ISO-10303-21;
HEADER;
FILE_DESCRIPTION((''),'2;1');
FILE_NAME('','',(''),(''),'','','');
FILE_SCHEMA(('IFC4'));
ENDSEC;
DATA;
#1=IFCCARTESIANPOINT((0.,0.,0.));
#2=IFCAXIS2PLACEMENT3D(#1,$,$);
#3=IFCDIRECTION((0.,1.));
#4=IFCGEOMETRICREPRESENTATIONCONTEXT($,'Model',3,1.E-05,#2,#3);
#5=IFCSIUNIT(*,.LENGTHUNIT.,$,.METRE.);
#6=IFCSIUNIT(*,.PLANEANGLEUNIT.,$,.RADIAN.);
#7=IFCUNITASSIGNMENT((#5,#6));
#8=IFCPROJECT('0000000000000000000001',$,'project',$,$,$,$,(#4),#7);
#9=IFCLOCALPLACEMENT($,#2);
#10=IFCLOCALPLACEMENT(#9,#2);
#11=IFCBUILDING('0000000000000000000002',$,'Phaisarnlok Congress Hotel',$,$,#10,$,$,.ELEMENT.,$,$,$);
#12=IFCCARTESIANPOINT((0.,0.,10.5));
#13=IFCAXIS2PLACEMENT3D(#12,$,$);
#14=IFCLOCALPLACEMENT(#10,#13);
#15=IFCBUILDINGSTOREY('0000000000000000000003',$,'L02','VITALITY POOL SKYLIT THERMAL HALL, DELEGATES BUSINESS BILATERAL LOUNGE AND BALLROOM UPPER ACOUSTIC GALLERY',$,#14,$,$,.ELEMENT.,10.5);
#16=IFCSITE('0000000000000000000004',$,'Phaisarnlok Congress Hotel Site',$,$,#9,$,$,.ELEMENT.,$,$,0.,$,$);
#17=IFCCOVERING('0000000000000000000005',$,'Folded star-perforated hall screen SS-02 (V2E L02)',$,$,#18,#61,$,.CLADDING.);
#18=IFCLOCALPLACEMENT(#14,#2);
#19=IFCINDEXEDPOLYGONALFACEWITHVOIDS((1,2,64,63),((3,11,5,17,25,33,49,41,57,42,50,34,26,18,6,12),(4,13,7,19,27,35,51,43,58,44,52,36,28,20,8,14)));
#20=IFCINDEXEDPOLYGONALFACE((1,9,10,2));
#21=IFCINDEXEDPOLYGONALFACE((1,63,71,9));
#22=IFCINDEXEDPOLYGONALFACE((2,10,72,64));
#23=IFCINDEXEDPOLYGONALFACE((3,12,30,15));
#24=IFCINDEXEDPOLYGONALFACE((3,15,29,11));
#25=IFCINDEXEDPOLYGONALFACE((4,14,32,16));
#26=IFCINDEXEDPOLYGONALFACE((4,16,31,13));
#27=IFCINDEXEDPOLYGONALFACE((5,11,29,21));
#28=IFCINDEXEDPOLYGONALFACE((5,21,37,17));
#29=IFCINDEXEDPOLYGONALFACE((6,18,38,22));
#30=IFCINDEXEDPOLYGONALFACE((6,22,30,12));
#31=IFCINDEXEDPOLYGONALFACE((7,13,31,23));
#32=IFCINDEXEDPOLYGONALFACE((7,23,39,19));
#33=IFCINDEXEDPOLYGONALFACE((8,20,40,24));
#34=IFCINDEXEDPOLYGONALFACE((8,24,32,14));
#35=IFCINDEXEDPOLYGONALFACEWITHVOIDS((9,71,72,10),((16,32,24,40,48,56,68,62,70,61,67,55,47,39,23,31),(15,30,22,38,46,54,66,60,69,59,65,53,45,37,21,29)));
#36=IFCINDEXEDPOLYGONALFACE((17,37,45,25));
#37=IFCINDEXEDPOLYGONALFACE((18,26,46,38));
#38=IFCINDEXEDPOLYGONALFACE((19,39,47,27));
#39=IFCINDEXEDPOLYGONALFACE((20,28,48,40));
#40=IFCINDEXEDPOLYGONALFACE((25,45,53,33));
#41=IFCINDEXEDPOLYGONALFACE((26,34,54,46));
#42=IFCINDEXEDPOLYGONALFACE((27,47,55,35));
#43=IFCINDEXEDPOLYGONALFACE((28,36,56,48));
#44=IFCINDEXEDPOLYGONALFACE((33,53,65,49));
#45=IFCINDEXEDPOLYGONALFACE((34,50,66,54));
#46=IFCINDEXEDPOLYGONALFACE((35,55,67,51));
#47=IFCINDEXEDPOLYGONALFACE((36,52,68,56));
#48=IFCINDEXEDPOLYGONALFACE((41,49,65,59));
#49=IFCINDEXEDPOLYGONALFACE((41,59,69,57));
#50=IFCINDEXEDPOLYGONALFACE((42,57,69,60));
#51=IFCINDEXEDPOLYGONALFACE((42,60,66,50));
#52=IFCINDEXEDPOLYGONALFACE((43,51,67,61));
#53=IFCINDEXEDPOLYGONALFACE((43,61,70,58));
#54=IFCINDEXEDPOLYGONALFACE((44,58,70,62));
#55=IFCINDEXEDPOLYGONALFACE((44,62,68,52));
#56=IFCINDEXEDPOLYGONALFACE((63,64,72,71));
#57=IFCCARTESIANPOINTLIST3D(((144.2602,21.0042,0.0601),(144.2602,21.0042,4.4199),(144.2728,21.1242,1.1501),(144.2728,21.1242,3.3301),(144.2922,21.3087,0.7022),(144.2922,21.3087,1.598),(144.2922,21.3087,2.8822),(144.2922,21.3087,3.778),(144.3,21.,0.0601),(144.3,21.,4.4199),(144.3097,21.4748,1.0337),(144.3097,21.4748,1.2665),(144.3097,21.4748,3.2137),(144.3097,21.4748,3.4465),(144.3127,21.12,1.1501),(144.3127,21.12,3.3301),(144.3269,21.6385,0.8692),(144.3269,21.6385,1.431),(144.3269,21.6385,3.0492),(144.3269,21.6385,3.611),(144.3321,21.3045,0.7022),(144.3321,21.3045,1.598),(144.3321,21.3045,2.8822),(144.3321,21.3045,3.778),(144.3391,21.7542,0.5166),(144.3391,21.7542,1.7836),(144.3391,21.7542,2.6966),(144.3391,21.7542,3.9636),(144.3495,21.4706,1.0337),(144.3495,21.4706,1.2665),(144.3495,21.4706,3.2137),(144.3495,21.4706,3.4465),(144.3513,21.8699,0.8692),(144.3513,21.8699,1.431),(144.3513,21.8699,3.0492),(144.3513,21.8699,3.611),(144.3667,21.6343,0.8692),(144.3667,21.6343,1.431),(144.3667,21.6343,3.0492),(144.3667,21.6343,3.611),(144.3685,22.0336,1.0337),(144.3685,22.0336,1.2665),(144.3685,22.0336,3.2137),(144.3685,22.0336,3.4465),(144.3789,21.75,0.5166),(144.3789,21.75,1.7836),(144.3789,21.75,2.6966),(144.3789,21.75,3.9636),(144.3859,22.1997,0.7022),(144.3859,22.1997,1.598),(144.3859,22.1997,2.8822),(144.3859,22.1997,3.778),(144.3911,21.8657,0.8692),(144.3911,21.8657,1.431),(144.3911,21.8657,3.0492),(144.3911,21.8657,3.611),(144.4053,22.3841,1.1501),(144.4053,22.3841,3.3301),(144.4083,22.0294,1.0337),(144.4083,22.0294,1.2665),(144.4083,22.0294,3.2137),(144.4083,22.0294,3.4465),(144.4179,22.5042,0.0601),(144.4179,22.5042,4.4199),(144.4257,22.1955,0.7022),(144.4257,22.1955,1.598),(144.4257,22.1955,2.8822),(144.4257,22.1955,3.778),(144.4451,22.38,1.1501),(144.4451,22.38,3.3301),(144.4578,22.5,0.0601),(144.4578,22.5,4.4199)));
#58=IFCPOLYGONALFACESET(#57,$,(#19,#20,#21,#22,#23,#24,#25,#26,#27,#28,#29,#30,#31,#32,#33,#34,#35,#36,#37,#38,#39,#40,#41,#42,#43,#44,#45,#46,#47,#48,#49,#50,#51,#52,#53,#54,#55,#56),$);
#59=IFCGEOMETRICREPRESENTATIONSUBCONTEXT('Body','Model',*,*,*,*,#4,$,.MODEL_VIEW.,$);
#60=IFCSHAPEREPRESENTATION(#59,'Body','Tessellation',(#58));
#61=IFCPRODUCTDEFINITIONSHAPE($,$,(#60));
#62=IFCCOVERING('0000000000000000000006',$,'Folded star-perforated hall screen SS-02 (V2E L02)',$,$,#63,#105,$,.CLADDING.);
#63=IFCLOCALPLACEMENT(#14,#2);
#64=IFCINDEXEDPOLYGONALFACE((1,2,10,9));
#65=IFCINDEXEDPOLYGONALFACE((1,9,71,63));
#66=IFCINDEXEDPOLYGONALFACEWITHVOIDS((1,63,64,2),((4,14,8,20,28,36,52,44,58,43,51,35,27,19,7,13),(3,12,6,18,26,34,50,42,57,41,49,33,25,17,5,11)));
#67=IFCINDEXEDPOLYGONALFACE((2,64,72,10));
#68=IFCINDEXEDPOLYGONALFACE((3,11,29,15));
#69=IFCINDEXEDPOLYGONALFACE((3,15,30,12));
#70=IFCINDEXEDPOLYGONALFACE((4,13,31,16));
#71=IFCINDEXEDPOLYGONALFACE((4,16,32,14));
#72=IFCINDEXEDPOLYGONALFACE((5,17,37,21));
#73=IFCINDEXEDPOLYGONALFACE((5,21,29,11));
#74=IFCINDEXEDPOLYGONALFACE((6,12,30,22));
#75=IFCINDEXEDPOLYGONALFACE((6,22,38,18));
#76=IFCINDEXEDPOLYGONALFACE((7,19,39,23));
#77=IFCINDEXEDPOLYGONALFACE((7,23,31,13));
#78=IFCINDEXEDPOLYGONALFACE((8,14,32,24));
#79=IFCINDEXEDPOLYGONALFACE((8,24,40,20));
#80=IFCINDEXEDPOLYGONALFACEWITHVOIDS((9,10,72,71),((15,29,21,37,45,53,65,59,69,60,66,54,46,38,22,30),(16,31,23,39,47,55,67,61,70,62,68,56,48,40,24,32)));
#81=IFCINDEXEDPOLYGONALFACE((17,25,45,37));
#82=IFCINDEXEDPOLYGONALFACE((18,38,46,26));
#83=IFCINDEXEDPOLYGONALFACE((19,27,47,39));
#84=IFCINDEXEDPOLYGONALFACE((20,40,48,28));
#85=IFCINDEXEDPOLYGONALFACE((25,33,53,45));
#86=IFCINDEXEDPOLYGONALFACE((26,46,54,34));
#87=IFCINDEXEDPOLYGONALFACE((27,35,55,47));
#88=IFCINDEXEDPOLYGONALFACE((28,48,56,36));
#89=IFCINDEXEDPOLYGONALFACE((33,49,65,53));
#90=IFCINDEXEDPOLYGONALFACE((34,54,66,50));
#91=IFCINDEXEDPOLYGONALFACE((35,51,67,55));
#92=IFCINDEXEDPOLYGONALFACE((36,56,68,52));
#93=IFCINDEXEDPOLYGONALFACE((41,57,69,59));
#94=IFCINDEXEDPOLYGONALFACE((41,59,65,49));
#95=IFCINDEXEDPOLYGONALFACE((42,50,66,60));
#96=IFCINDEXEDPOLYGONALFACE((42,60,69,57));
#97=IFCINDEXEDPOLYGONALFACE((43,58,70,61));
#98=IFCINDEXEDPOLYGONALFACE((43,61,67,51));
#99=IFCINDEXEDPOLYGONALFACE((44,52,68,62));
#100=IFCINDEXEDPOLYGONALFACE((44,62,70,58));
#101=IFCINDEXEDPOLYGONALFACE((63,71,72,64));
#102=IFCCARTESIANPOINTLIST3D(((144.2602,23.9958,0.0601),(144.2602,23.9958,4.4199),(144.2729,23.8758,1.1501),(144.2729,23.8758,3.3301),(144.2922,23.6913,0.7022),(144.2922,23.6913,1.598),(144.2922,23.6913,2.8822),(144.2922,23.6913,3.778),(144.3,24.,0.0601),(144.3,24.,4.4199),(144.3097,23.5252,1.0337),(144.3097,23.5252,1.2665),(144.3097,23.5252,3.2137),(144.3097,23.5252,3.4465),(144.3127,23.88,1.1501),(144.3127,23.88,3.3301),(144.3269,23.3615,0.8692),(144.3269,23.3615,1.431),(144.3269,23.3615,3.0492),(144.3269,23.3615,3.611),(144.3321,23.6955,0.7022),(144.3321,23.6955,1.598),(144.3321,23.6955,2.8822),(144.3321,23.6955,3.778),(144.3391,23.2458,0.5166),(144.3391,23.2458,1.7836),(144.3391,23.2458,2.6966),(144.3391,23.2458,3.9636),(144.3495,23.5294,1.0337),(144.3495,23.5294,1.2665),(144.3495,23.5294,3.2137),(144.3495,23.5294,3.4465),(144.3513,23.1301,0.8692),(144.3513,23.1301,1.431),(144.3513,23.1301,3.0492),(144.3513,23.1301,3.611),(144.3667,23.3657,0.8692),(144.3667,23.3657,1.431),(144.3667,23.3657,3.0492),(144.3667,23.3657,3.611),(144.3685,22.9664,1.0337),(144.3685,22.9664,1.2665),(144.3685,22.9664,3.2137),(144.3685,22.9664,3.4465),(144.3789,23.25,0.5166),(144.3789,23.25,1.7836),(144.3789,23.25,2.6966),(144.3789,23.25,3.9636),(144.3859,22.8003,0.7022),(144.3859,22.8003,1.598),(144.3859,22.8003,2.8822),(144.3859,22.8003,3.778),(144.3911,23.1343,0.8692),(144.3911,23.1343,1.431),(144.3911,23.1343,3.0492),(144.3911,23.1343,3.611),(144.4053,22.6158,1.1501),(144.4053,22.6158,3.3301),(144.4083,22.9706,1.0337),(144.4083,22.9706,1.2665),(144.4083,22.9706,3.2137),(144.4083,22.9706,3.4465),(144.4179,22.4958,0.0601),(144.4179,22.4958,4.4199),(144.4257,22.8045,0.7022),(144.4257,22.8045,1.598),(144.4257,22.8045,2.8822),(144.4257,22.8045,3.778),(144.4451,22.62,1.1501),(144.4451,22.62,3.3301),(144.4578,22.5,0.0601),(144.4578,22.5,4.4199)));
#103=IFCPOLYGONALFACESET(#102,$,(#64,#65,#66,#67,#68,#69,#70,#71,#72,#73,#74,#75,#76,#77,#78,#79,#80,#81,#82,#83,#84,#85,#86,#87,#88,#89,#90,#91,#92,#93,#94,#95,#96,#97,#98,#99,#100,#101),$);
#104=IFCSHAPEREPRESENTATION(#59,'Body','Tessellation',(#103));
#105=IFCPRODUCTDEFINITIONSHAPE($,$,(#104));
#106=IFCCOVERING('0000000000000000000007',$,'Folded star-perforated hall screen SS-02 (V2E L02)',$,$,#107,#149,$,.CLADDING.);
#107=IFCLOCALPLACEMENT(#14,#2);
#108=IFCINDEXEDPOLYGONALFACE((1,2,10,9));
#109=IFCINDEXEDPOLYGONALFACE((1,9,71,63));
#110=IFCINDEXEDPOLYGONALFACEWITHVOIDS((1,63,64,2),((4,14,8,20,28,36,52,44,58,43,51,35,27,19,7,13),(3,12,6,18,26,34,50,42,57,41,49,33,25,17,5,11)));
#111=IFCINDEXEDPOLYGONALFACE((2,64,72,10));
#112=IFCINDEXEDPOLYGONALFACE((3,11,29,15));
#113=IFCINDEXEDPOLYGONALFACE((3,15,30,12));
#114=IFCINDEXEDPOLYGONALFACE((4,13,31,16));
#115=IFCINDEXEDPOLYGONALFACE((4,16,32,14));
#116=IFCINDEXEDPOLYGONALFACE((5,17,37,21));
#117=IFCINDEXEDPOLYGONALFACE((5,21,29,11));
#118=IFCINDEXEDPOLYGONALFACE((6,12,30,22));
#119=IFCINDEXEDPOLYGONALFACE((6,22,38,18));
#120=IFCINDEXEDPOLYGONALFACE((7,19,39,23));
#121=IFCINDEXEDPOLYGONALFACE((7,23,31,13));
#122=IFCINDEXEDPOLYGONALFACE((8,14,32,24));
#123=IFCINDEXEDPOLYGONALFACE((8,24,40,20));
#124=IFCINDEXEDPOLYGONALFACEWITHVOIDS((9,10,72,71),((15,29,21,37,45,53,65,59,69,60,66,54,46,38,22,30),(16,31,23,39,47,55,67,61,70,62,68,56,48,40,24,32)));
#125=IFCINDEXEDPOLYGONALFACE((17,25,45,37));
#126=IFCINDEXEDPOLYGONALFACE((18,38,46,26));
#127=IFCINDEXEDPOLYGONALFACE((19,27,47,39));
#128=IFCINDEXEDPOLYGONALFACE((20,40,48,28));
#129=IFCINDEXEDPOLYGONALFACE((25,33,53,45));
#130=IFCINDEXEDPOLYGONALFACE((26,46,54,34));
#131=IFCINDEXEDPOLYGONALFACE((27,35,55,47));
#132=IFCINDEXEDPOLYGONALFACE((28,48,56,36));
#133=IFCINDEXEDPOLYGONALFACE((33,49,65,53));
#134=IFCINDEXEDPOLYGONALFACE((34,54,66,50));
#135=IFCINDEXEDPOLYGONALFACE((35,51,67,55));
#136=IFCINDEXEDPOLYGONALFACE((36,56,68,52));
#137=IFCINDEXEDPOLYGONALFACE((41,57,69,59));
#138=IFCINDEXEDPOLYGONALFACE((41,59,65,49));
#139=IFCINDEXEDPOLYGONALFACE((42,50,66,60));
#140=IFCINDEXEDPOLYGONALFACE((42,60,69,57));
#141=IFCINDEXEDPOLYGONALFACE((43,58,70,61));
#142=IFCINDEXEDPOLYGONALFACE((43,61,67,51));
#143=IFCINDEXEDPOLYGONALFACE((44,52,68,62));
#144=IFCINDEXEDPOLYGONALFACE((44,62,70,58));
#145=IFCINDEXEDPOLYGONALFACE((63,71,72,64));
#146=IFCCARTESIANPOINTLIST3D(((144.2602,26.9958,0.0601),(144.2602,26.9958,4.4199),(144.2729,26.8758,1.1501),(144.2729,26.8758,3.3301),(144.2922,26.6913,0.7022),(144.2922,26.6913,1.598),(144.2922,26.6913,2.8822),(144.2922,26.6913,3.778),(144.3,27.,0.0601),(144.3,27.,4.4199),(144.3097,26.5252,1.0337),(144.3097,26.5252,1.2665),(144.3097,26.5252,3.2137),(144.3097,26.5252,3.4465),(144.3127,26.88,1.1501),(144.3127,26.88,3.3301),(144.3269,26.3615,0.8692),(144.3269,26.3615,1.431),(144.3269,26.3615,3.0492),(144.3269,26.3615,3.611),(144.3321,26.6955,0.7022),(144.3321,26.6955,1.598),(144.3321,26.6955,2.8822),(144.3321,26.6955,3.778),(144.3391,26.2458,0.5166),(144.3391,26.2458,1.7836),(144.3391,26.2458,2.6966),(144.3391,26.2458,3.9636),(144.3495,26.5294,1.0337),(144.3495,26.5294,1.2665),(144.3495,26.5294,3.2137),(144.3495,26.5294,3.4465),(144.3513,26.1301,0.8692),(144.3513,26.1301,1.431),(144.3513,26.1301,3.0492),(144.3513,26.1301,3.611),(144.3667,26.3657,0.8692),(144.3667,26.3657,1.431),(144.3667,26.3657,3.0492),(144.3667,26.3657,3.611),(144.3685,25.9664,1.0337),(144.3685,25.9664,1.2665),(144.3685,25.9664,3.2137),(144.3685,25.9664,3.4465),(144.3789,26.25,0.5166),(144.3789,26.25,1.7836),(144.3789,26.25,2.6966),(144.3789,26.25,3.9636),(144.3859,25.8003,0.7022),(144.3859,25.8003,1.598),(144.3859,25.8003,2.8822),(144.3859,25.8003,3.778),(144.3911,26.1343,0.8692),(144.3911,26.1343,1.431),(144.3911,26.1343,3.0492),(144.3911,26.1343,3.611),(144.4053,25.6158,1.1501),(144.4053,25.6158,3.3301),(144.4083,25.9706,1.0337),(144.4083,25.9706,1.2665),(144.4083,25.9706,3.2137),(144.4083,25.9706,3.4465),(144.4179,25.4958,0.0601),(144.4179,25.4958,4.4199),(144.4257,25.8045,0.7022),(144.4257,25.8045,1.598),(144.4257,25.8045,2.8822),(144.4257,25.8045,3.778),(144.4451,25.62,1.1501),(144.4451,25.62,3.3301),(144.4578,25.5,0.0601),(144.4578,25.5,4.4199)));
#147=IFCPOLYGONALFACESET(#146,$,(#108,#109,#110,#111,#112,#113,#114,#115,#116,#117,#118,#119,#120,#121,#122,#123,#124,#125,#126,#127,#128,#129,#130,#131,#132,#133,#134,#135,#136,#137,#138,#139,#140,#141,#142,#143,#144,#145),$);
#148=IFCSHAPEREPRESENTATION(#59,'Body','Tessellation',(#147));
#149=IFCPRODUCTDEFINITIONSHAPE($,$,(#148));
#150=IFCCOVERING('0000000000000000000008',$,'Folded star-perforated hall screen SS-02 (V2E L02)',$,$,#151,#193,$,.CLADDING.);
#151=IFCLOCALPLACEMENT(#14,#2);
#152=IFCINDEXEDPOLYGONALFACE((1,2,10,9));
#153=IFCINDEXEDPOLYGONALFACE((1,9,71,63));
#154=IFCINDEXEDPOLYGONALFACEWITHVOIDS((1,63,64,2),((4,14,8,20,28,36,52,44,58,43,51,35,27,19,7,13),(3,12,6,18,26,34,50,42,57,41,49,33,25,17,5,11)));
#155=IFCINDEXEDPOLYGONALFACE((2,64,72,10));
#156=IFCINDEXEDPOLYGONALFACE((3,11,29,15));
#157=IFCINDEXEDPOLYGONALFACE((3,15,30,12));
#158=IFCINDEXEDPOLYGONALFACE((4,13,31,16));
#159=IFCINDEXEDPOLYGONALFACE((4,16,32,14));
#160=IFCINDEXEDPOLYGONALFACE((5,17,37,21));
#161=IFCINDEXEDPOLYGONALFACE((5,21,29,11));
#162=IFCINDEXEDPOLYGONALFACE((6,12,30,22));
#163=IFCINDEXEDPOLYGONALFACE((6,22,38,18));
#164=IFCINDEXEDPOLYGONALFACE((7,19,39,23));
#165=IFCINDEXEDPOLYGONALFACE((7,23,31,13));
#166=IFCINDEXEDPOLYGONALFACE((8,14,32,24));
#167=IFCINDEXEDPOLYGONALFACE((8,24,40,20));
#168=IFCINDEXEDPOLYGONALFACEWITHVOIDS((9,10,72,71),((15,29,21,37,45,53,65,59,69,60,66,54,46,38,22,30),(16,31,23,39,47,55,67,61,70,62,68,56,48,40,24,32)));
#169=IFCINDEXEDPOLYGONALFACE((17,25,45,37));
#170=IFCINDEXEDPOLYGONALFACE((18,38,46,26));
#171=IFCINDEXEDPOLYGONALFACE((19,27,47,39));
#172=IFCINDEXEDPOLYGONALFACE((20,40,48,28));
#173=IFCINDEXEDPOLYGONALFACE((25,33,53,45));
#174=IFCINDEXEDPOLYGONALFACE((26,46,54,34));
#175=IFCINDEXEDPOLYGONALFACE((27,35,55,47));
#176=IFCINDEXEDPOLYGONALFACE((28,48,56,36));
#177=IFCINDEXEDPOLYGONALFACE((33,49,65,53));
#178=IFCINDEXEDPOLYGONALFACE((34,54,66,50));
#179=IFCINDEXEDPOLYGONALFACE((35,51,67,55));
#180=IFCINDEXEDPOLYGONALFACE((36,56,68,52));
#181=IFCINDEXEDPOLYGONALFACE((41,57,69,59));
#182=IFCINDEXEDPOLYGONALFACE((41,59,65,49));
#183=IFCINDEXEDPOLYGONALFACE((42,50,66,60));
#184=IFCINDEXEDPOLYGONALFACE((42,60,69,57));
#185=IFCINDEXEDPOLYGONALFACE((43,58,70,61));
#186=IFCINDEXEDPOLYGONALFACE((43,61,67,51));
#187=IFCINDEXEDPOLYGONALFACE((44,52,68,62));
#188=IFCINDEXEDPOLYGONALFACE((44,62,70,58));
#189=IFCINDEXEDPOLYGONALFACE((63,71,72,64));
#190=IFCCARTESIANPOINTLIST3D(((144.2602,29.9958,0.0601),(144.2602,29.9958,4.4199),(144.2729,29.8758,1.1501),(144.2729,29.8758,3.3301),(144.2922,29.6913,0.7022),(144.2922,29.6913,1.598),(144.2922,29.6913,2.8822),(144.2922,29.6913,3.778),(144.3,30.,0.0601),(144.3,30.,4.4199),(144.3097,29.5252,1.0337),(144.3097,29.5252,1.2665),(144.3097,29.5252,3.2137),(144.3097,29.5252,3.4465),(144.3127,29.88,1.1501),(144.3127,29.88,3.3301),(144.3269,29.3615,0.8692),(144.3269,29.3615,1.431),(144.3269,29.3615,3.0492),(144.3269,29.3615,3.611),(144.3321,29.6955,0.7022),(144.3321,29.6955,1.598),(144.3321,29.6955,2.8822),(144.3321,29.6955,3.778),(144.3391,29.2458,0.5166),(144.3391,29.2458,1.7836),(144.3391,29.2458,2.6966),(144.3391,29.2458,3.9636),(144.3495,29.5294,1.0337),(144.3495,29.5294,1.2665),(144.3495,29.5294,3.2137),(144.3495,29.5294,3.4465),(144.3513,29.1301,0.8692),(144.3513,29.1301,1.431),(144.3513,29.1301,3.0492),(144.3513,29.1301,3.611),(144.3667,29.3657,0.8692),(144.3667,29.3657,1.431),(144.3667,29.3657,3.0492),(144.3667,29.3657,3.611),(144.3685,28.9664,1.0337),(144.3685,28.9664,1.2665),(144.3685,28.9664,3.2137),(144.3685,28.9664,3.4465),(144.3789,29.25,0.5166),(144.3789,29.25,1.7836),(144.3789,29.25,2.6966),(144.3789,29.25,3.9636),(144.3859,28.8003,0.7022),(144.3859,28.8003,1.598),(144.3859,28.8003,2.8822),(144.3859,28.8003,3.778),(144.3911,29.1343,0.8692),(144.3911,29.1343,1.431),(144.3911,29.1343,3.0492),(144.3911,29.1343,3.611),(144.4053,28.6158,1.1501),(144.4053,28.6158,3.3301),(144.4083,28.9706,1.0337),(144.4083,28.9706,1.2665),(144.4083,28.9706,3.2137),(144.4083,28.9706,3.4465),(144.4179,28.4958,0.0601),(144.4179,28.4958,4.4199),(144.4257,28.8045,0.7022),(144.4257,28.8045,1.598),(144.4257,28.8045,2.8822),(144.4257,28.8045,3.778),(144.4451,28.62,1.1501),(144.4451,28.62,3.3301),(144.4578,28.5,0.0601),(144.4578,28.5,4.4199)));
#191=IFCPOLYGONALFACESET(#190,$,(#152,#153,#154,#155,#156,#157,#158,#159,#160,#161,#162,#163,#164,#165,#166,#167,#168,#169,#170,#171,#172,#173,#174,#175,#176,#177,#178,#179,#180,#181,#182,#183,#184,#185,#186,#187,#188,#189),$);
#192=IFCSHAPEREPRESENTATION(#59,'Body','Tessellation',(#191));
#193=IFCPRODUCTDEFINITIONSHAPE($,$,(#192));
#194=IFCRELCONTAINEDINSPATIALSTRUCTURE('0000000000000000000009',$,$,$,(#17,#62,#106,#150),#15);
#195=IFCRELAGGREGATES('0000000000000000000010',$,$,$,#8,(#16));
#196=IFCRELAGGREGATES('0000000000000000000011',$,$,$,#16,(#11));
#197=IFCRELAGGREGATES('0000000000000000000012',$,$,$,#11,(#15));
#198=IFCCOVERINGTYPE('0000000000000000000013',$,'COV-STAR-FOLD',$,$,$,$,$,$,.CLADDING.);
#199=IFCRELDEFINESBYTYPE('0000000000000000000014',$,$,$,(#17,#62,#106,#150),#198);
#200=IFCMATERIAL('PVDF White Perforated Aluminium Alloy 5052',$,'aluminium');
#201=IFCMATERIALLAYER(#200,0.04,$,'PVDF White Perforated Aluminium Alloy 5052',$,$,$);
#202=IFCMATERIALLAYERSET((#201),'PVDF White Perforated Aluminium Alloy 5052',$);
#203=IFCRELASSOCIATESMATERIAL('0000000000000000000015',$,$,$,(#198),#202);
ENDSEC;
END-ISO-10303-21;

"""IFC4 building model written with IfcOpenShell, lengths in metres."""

from ifc_helpers import new_model, si_unit, direction, frame, origin, place, context, subcontext, project, spatial, polyline, outline, extrude, material, layer, layer_set, type_object, element, save


model = new_model("IFC4")

# Units and contexts
model_context = context("Model", 3, precision=1e-05, world=origin(), true_north=direction((0.0, 1.0)))
body_context = subcontext(model_context, "Body", "Model", "MODEL_VIEW")
ifc_project = project(units=[si_unit("LENGTHUNIT", "METRE"), si_unit("PLANEANGLEUNIT", "RADIAN")], contexts=[model_context])

# Site, building, storey
site_placement = place(None, origin())
site = spatial("IfcSite", under=ifc_project, at=site_placement, Name="Phaisarnlok Congress Hotel Site", CompositionType="ELEMENT", RefElevation=0.0)
building_placement = place(site_placement, origin())
building = spatial("IfcBuilding", under=site, at=building_placement, Name="Phaisarnlok Congress Hotel", CompositionType="ELEMENT")
storey_placement = place(building_placement, frame((0.0, 0.0, 10.5)))
storey = spatial("IfcBuildingStorey", under=building, at=storey_placement, Name="L02", Description="VITALITY POOL SKYLIT THERMAL HALL, DELEGATES BUSINESS BILATERAL LOUNGE AND BALLROOM UPPER ACOUSTIC GALLERY", CompositionType="ELEMENT", Elevation=10.5)

# Coverings
ifc_material_1 = material(Name="PVDF White Perforated Aluminium Alloy 5052", Category="aluminium")
ifc_layer = layer(ifc_material_1, 0.04, Name="PVDF White Perforated Aluminium Alloy 5052")
ifc_layer_set = layer_set([ifc_layer], Name="PVDF White Perforated Aluminium Alloy 5052")
covering_type = type_object("IfcCoveringType", Name="COV-STAR-FOLD", PredefinedType="CLADDING", material=ifc_layer_set)
for number, where, z_axis, x_axis, name in (
    (1, (144.4578, 22.5, 0.0601), (-0.994518, 0.104567, 0.0), (-0.104567, -0.994518, 0.0), "Folded star-perforated hall screen SS-02 (V2E L02)"),
    (2, (144.3, 24.0, 0.0601), (-0.994518, -0.104567, 0.0), (0.104567, -0.994518, 0.0), "Folded star-perforated hall screen SS-02 (V2E L02)"),
    (3, (144.3, 27.0, 0.0601), (-0.994518, -0.104567, 0.0), (0.104567, -0.994518, 0.0), "Folded star-perforated hall screen SS-02 (V2E L02)"),
    (4, (144.3, 30.0, 0.0601), (-0.994518, -0.104567, 0.0), (0.104567, -0.994518, 0.0), "Folded star-perforated hall screen SS-02 (V2E L02)"),
):
    element("IfcCovering", number, at=place(storey_placement, frame(where, z_axis=z_axis, x_axis=x_axis)), inside=storey, type_object=covering_type, Name=name, PredefinedType="CLADDING", context=body_context, shape_type="SweptSolid", body=[
        extrude(outline(polyline([(0.0, 0.0), (1.5083, 0.0), (1.5083, 4.3599), (0.0, 4.3599), (0.0, 0.0)]), holes=[polyline([(1.0351, 0.9736), (1.2021, 0.6421), (0.8705, 0.8091), (0.7541, 0.4565), (0.6378, 0.8091), (0.3062, 0.6421), (0.4732, 0.9736), (0.1207, 1.09), (0.4732, 1.2064), (0.3062, 1.5379), (0.6378, 1.3709), (0.7541, 1.7235), (0.8705, 1.3709), (1.2021, 1.5379), (1.0351, 1.2064), (1.3876, 1.09), (1.0351, 0.9736)]), polyline([(1.0351, 3.1536), (1.2021, 2.8221), (0.8705, 2.9891), (0.7541, 2.6365), (0.6378, 2.9891), (0.3062, 2.8221), (0.4732, 3.1536), (0.1207, 3.27), (0.4732, 3.3864), (0.3062, 3.7179), (0.6378, 3.5509), (0.7541, 3.9035), (0.8705, 3.5509), (1.2021, 3.7179), (1.0351, 3.3864), (1.3876, 3.27), (1.0351, 3.1536)])]), origin(), (0.0, 0.0, 1.0), 0.04),
    ])

save(model, "model.ifc")
